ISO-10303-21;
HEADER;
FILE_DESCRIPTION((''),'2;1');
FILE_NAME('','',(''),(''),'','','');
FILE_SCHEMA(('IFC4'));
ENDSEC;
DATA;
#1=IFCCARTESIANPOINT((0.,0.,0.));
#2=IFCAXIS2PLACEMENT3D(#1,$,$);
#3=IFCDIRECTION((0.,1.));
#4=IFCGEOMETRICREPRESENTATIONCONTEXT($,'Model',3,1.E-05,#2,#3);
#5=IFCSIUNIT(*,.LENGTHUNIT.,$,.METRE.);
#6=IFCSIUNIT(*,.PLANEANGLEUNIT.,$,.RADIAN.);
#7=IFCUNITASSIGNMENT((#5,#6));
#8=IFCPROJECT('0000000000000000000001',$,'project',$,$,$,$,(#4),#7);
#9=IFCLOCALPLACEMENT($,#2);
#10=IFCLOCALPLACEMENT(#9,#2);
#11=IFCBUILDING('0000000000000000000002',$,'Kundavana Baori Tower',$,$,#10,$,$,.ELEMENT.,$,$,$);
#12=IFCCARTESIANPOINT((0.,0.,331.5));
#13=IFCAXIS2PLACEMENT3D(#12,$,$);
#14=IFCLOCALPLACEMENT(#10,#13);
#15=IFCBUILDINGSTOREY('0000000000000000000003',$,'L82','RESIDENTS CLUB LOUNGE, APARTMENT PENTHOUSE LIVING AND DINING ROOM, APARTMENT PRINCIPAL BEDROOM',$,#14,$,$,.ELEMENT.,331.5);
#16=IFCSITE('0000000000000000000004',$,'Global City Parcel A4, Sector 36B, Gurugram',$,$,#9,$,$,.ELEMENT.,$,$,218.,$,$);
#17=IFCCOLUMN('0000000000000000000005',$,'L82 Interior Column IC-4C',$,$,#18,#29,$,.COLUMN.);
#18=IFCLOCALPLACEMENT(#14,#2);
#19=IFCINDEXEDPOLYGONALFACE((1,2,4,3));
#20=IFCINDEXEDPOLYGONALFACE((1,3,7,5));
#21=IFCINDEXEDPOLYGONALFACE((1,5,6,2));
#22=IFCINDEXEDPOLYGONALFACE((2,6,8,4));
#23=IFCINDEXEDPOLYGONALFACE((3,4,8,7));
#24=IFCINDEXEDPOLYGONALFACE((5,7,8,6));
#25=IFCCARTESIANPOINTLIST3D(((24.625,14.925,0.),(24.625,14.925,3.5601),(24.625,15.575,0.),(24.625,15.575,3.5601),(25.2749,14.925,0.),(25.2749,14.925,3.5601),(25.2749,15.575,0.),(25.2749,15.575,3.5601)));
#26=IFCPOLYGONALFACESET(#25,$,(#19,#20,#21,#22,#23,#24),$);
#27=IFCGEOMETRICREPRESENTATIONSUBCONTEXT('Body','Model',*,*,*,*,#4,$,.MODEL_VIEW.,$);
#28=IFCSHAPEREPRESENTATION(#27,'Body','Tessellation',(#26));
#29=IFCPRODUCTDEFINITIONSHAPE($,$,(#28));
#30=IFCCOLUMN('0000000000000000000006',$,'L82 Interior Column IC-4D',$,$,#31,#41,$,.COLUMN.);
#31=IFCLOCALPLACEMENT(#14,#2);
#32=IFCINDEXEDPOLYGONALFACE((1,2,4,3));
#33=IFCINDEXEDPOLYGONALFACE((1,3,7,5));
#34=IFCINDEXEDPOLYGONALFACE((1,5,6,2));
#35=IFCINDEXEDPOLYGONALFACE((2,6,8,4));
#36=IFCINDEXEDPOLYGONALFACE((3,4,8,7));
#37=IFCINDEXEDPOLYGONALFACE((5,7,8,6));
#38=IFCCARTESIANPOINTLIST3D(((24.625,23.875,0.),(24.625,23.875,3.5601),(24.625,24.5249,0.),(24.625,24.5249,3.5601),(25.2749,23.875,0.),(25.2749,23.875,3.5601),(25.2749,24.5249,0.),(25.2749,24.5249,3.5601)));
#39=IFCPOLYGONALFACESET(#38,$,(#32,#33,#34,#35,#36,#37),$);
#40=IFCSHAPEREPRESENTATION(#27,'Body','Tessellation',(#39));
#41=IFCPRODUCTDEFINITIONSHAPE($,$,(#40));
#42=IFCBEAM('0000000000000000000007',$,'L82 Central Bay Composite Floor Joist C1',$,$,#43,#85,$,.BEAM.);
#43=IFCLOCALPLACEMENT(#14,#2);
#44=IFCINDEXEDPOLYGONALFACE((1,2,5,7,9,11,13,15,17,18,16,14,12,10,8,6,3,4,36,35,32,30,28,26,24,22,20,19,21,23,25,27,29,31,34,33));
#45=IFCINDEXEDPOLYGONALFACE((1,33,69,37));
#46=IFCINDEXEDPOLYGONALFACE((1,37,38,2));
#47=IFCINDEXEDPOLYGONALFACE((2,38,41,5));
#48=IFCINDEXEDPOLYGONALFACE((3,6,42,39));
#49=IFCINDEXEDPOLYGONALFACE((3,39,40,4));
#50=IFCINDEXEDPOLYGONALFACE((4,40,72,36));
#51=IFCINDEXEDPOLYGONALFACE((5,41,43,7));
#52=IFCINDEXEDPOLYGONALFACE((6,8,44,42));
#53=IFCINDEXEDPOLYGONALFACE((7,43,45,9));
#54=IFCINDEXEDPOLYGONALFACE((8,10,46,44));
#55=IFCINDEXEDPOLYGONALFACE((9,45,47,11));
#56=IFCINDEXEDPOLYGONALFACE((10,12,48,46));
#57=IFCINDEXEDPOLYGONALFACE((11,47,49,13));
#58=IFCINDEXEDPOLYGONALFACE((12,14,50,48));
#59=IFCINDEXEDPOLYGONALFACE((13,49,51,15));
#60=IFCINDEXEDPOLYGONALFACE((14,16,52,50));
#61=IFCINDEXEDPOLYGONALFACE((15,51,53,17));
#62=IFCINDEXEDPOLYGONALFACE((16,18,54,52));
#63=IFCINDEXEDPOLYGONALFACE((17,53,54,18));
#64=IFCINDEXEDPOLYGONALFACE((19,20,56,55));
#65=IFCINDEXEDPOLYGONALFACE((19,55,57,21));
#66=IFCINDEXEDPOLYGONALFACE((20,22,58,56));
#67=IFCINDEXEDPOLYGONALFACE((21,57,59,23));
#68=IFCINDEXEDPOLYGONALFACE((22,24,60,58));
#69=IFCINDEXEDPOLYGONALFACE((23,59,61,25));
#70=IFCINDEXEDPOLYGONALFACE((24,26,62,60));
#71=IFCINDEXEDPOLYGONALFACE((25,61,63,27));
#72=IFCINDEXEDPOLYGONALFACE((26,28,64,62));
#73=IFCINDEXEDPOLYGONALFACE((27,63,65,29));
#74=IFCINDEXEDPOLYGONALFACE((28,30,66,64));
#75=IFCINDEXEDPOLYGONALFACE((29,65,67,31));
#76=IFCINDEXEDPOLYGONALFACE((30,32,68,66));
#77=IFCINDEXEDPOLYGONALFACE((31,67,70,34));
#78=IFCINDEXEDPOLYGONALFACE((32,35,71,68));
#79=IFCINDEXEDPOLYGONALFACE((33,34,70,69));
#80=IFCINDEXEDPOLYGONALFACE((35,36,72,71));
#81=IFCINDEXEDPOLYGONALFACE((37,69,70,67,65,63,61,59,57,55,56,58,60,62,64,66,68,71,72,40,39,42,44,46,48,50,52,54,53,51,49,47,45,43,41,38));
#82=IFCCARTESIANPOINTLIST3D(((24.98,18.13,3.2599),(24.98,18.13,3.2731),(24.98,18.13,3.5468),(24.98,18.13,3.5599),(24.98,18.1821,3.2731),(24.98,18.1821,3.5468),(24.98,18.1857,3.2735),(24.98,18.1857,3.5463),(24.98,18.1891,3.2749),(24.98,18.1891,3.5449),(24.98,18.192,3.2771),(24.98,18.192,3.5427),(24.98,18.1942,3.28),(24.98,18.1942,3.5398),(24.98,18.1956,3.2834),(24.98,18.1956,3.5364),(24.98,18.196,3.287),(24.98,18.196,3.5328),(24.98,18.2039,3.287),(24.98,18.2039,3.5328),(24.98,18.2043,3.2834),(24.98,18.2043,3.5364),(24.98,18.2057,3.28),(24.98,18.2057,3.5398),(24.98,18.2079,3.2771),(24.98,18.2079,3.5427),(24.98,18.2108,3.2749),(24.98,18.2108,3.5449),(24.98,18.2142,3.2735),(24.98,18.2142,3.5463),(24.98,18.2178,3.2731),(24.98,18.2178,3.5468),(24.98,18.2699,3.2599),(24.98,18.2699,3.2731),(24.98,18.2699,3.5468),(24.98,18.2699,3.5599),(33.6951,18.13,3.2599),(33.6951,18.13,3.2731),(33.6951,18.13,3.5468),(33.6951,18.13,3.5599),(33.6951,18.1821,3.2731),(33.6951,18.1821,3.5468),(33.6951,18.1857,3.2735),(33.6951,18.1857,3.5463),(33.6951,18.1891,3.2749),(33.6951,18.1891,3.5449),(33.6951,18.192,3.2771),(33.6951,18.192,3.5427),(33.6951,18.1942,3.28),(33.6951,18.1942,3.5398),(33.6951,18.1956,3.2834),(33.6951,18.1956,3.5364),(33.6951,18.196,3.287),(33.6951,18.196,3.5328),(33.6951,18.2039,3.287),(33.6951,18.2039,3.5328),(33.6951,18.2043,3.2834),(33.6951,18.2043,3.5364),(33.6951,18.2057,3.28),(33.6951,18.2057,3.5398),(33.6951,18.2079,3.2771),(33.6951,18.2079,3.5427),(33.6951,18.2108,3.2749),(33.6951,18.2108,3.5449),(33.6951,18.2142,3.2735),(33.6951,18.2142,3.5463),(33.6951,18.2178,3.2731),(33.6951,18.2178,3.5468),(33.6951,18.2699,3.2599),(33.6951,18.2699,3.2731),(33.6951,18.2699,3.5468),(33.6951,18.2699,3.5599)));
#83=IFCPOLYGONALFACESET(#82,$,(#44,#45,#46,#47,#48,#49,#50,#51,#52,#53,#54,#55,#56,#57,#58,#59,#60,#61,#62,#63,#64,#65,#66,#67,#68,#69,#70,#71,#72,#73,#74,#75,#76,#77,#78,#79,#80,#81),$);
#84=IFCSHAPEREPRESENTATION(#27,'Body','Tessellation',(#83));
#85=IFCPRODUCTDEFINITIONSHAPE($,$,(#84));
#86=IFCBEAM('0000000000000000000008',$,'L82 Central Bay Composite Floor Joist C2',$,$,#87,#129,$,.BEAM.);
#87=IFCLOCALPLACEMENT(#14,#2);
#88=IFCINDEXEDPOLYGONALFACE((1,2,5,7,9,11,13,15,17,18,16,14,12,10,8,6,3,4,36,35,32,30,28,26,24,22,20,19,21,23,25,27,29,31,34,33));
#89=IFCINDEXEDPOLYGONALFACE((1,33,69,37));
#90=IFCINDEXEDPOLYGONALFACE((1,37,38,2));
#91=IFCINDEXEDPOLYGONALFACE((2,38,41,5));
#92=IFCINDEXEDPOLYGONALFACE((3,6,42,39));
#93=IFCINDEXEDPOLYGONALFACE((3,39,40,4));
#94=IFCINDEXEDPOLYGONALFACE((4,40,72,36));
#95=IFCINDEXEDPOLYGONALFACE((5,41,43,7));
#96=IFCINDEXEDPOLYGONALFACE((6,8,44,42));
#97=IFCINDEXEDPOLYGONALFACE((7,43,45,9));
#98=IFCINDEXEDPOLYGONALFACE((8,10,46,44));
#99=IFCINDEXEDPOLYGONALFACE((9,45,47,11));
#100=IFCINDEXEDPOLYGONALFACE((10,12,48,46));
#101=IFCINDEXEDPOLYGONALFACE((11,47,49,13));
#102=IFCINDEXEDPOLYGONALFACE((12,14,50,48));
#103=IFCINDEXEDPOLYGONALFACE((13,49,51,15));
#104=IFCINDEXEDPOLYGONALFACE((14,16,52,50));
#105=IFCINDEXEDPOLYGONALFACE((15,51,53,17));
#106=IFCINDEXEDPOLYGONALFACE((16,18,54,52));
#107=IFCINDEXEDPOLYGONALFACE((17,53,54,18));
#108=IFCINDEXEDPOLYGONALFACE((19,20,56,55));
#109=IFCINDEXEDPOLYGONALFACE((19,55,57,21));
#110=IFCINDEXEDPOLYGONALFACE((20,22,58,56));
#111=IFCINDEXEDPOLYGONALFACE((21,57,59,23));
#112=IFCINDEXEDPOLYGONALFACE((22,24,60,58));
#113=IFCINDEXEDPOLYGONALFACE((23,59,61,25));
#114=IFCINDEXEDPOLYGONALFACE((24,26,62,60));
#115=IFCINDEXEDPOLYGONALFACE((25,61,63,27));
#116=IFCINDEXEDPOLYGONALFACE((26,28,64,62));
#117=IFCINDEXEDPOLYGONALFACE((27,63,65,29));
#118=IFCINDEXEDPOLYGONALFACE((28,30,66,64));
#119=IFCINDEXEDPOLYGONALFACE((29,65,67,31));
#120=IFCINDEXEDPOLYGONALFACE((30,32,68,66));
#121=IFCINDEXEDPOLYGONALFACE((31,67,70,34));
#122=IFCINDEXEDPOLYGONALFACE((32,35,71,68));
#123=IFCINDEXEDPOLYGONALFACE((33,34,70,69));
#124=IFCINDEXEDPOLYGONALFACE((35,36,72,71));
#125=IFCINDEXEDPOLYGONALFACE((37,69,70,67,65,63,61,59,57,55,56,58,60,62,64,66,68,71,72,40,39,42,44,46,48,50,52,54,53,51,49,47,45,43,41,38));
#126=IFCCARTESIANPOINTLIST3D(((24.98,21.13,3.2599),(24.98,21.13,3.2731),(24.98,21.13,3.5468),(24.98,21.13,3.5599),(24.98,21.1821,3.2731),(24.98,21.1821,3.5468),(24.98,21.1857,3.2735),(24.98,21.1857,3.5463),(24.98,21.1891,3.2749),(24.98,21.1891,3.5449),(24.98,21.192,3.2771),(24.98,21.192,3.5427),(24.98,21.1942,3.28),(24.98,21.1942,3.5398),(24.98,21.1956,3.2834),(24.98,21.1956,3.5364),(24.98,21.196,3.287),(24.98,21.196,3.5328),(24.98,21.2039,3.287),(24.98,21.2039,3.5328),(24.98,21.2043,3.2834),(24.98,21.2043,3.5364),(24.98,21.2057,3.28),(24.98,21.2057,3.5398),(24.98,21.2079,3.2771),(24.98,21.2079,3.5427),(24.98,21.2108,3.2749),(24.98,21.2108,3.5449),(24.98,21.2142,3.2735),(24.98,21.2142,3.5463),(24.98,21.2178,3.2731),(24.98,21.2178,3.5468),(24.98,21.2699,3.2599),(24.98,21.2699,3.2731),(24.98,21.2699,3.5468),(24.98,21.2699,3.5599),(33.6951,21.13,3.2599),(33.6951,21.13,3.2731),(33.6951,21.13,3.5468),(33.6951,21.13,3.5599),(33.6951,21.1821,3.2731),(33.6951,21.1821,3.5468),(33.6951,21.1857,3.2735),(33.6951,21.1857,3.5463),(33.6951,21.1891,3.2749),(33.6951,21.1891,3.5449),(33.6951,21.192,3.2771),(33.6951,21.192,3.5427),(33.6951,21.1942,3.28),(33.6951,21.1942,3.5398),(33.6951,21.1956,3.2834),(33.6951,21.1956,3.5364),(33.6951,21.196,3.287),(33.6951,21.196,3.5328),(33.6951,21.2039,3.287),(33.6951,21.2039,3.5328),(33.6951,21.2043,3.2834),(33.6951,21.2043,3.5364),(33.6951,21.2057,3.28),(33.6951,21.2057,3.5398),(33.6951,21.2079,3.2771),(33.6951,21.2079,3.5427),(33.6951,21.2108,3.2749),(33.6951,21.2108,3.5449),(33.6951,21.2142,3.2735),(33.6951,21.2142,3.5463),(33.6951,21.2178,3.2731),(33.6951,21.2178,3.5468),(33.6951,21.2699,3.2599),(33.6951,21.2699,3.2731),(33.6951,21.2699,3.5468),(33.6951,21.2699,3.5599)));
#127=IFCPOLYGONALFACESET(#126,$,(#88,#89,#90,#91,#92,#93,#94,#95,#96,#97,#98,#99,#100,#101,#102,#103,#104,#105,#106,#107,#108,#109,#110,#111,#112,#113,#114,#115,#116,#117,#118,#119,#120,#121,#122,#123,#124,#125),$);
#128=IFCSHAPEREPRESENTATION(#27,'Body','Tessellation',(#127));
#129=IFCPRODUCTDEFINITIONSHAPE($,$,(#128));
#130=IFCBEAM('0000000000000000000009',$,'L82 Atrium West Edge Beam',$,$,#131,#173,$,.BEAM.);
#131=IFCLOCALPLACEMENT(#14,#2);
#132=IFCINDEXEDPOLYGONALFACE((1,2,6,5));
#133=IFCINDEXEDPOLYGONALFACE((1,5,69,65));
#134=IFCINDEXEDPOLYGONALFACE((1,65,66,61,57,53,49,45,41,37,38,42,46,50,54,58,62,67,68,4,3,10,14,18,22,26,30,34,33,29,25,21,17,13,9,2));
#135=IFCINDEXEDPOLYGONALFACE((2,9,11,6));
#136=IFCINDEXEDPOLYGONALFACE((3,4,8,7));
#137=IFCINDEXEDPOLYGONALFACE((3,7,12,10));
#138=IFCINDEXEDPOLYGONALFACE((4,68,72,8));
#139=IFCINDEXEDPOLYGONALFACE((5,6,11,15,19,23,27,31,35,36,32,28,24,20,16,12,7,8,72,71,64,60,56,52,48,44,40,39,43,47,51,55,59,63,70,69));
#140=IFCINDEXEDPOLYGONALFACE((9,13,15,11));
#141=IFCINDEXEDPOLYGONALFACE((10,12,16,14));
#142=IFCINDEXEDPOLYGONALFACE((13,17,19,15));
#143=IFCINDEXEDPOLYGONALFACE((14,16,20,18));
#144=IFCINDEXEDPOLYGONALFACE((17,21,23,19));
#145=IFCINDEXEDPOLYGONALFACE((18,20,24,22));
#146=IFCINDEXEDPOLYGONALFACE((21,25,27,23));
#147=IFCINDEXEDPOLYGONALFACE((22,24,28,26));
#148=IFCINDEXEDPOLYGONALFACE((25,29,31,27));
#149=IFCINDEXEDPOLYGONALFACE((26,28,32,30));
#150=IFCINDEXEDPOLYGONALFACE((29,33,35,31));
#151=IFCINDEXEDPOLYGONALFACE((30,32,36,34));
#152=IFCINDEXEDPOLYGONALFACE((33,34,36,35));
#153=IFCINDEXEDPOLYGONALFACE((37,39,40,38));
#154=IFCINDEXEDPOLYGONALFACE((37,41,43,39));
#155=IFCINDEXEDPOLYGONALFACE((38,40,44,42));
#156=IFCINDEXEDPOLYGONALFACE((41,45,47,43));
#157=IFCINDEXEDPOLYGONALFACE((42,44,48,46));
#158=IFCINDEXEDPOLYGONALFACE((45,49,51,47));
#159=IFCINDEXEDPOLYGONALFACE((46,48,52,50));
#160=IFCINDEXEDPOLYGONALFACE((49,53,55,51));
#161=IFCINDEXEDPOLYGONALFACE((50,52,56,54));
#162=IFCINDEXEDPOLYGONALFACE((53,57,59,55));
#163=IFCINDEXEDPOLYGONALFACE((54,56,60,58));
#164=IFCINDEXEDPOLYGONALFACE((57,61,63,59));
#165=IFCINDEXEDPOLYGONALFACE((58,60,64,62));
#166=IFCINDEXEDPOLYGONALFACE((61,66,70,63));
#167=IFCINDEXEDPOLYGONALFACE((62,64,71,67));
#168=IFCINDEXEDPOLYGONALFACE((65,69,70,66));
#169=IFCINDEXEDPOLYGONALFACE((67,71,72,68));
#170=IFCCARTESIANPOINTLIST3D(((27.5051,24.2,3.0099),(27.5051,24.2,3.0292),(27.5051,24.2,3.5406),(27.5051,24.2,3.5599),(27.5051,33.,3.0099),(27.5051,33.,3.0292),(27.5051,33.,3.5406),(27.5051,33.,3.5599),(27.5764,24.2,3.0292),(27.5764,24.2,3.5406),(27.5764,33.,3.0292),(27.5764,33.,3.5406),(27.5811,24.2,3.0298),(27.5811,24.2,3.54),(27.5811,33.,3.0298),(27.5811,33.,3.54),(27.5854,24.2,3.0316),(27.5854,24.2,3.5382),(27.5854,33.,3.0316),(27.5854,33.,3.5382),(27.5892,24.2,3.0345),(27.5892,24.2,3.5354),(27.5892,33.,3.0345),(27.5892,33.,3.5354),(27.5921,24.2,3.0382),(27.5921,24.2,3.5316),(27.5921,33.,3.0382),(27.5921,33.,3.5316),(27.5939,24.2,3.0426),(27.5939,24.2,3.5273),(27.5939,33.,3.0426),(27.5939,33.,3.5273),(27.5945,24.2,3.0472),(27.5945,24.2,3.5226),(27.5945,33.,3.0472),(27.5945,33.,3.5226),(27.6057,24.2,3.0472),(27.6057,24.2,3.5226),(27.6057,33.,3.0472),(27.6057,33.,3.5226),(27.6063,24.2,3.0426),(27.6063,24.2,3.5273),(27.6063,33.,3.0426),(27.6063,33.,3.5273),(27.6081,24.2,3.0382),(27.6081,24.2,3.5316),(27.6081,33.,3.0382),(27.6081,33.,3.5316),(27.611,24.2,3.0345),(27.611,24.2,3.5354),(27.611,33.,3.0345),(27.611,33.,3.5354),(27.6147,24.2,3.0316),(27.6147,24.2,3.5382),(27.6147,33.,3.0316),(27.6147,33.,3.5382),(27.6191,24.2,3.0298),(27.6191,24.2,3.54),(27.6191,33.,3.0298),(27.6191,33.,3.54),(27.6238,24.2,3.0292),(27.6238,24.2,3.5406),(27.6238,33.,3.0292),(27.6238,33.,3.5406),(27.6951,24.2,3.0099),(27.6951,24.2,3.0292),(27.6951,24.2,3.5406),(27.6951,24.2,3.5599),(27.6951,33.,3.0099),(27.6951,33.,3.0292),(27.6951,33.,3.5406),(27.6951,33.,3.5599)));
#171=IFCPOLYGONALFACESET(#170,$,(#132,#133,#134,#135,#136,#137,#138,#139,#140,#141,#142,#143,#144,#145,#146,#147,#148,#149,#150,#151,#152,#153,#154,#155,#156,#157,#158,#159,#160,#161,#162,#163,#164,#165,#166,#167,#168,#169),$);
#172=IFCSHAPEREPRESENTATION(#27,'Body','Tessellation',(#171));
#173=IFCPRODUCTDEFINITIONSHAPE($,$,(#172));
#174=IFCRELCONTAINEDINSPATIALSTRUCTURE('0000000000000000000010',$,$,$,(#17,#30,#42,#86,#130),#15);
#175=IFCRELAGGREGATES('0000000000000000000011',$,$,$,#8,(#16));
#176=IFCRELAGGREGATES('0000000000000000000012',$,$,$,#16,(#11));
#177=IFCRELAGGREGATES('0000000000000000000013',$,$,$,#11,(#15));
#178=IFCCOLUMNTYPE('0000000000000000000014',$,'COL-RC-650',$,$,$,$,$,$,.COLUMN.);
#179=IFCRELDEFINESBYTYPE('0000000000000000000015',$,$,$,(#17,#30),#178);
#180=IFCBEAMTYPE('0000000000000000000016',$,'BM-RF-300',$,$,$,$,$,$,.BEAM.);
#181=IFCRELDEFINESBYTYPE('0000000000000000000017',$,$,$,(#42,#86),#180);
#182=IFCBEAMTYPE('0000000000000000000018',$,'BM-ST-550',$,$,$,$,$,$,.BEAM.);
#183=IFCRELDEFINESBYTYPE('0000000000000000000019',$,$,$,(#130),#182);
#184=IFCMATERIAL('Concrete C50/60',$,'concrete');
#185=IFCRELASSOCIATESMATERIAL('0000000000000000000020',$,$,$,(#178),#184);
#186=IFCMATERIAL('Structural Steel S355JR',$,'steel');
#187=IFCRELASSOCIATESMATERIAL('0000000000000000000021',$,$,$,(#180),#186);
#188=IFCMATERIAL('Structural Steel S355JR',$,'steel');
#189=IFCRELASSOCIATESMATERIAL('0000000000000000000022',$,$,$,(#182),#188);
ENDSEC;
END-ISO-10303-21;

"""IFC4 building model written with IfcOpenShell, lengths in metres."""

from ifc_helpers import new_model, si_unit, direction, frame, origin, origin_2d, place, context, subcontext, project, spatial, rectangle, i_section, extrude, material, material_profile, profile_set, type_object, element, save


model = new_model("IFC4")

# Units and contexts
model_context = context("Model", 3, precision=1e-05, world=origin(), true_north=direction((0.0, 1.0)))
body_context = subcontext(model_context, "Body", "Model", "MODEL_VIEW")
ifc_project = project(units=[si_unit("LENGTHUNIT", "METRE"), si_unit("PLANEANGLEUNIT", "RADIAN")], contexts=[model_context])

# Site, building, storey
site_placement = place(None, origin())
site = spatial("IfcSite", under=ifc_project, at=site_placement, Name="Global City Parcel A4, Sector 36B, Gurugram", CompositionType="ELEMENT", RefElevation=218.0)
building_placement = place(site_placement, origin())
building = spatial("IfcBuilding", under=site, at=building_placement, Name="Kundavana Baori Tower", CompositionType="ELEMENT")
storey_placement = place(building_placement, frame((0.0, 0.0, 331.5)))
storey = spatial("IfcBuildingStorey", under=building, at=storey_placement, Name="L82", Description="RESIDENTS CLUB LOUNGE, APARTMENT PENTHOUSE LIVING AND DINING ROOM, APARTMENT PRINCIPAL BEDROOM", CompositionType="ELEMENT", Elevation=331.5)

# Columns
ifc_material_1 = material(Name="Concrete C50/60", Category="concrete")
ifc_material_profile_1 = material_profile(ifc_material_1, rectangle(XDim=0.6499, YDim=0.6499, at=origin_2d()), Name="RC 650x650")
ifc_profile_set_1 = profile_set([ifc_material_profile_1], Name="Concrete C50/60")
column_type = type_object("IfcColumnType", Name="COL-RC-650", PredefinedType="COLUMN", material=ifc_profile_set_1)
for number, where, z_axis, x_axis, name in (
    (1, (24.95, 15.25, 0.0), (0.0, 0.0, 1.0), (1.0, 0.0, 0.0), "L82 Interior Column IC-4C"),
    (2, (24.95, 24.2, 0.0), (0.0, 0.0, 1.0), (1.0, 0.0, 0.0), "L82 Interior Column IC-4D"),
):
    element("IfcColumn", number, at=place(storey_placement, frame(where, z_axis=z_axis, x_axis=x_axis)), inside=storey, type_object=column_type, Name=name, PredefinedType="COLUMN", context=body_context, shape_type="SweptSolid", body=[
        extrude(rectangle(XDim=0.6499, YDim=0.6499, at=origin_2d()), origin(), (0.0, 0.0, 1.0), 3.5601),
    ])

# Beams
ifc_material_2 = material(Name="Structural Steel S355JR", Category="steel")
ifc_material_profile_2 = material_profile(ifc_material_2, i_section(OverallWidth=0.1399, OverallDepth=0.3, WebThickness=0.0078, FlangeThickness=0.0132, FilletRadius=0.0139, at=origin_2d()), Name="ISMB 300")
ifc_profile_set_2 = profile_set([ifc_material_profile_2], Name="Structural Steel S355JR")
beam_type_1 = type_object("IfcBeamType", Name="BM-RF-300", PredefinedType="BEAM", material=ifc_profile_set_2)
for number, where, z_axis, x_axis, name in (
    (3, (24.98, 18.2, 3.4099), (1.0, 0.0, 0.0), (0.0, 1.0, 0.0), "L82 Central Bay Composite Floor Joist C1"),
    (4, (24.98, 21.2, 3.4099), (1.0, 0.0, 0.0), (0.0, 1.0, 0.0), "L82 Central Bay Composite Floor Joist C2"),
):
    element("IfcBeam", number, at=place(storey_placement, frame(where, z_axis=z_axis, x_axis=x_axis)), inside=storey, type_object=beam_type_1, Name=name, PredefinedType="BEAM", context=body_context, shape_type="SweptSolid", body=[
        extrude(i_section(OverallWidth=0.1399, OverallDepth=0.3, WebThickness=0.0078, FlangeThickness=0.0132, FilletRadius=0.0139, at=origin_2d()), origin(), (0.0, 0.0, 1.0), 8.7151),
    ])
ifc_material_3 = material(Name="Structural Steel S355JR", Category="steel")
ifc_material_profile_3 = material_profile(ifc_material_3, i_section(OverallWidth=0.1899, OverallDepth=0.55, WebThickness=0.0112, FlangeThickness=0.0193, FilletRadius=0.0181, at=origin_2d()), Name="ISMB 550")
ifc_profile_set_3 = profile_set([ifc_material_profile_3], Name="Structural Steel S355JR")
beam_type_2 = type_object("IfcBeamType", Name="BM-ST-550", PredefinedType="BEAM", material=ifc_profile_set_3)
for number, where, z_axis, x_axis, name in (
    (5, (27.6001, 24.2, 3.2849), (0.0, 1.0, 0.0), (-1.0, 0.0, 0.0), "L82 Atrium West Edge Beam"),
):
    element("IfcBeam", number, at=place(storey_placement, frame(where, z_axis=z_axis, x_axis=x_axis)), inside=storey, type_object=beam_type_2, Name=name, PredefinedType="BEAM", context=body_context, shape_type="SweptSolid", body=[
        extrude(i_section(OverallWidth=0.1899, OverallDepth=0.55, WebThickness=0.0112, FlangeThickness=0.0193, FilletRadius=0.0181, at=origin_2d()), origin(), (0.0, 0.0, 1.0), 8.8),
    ])

save(model, "model.ifc")
